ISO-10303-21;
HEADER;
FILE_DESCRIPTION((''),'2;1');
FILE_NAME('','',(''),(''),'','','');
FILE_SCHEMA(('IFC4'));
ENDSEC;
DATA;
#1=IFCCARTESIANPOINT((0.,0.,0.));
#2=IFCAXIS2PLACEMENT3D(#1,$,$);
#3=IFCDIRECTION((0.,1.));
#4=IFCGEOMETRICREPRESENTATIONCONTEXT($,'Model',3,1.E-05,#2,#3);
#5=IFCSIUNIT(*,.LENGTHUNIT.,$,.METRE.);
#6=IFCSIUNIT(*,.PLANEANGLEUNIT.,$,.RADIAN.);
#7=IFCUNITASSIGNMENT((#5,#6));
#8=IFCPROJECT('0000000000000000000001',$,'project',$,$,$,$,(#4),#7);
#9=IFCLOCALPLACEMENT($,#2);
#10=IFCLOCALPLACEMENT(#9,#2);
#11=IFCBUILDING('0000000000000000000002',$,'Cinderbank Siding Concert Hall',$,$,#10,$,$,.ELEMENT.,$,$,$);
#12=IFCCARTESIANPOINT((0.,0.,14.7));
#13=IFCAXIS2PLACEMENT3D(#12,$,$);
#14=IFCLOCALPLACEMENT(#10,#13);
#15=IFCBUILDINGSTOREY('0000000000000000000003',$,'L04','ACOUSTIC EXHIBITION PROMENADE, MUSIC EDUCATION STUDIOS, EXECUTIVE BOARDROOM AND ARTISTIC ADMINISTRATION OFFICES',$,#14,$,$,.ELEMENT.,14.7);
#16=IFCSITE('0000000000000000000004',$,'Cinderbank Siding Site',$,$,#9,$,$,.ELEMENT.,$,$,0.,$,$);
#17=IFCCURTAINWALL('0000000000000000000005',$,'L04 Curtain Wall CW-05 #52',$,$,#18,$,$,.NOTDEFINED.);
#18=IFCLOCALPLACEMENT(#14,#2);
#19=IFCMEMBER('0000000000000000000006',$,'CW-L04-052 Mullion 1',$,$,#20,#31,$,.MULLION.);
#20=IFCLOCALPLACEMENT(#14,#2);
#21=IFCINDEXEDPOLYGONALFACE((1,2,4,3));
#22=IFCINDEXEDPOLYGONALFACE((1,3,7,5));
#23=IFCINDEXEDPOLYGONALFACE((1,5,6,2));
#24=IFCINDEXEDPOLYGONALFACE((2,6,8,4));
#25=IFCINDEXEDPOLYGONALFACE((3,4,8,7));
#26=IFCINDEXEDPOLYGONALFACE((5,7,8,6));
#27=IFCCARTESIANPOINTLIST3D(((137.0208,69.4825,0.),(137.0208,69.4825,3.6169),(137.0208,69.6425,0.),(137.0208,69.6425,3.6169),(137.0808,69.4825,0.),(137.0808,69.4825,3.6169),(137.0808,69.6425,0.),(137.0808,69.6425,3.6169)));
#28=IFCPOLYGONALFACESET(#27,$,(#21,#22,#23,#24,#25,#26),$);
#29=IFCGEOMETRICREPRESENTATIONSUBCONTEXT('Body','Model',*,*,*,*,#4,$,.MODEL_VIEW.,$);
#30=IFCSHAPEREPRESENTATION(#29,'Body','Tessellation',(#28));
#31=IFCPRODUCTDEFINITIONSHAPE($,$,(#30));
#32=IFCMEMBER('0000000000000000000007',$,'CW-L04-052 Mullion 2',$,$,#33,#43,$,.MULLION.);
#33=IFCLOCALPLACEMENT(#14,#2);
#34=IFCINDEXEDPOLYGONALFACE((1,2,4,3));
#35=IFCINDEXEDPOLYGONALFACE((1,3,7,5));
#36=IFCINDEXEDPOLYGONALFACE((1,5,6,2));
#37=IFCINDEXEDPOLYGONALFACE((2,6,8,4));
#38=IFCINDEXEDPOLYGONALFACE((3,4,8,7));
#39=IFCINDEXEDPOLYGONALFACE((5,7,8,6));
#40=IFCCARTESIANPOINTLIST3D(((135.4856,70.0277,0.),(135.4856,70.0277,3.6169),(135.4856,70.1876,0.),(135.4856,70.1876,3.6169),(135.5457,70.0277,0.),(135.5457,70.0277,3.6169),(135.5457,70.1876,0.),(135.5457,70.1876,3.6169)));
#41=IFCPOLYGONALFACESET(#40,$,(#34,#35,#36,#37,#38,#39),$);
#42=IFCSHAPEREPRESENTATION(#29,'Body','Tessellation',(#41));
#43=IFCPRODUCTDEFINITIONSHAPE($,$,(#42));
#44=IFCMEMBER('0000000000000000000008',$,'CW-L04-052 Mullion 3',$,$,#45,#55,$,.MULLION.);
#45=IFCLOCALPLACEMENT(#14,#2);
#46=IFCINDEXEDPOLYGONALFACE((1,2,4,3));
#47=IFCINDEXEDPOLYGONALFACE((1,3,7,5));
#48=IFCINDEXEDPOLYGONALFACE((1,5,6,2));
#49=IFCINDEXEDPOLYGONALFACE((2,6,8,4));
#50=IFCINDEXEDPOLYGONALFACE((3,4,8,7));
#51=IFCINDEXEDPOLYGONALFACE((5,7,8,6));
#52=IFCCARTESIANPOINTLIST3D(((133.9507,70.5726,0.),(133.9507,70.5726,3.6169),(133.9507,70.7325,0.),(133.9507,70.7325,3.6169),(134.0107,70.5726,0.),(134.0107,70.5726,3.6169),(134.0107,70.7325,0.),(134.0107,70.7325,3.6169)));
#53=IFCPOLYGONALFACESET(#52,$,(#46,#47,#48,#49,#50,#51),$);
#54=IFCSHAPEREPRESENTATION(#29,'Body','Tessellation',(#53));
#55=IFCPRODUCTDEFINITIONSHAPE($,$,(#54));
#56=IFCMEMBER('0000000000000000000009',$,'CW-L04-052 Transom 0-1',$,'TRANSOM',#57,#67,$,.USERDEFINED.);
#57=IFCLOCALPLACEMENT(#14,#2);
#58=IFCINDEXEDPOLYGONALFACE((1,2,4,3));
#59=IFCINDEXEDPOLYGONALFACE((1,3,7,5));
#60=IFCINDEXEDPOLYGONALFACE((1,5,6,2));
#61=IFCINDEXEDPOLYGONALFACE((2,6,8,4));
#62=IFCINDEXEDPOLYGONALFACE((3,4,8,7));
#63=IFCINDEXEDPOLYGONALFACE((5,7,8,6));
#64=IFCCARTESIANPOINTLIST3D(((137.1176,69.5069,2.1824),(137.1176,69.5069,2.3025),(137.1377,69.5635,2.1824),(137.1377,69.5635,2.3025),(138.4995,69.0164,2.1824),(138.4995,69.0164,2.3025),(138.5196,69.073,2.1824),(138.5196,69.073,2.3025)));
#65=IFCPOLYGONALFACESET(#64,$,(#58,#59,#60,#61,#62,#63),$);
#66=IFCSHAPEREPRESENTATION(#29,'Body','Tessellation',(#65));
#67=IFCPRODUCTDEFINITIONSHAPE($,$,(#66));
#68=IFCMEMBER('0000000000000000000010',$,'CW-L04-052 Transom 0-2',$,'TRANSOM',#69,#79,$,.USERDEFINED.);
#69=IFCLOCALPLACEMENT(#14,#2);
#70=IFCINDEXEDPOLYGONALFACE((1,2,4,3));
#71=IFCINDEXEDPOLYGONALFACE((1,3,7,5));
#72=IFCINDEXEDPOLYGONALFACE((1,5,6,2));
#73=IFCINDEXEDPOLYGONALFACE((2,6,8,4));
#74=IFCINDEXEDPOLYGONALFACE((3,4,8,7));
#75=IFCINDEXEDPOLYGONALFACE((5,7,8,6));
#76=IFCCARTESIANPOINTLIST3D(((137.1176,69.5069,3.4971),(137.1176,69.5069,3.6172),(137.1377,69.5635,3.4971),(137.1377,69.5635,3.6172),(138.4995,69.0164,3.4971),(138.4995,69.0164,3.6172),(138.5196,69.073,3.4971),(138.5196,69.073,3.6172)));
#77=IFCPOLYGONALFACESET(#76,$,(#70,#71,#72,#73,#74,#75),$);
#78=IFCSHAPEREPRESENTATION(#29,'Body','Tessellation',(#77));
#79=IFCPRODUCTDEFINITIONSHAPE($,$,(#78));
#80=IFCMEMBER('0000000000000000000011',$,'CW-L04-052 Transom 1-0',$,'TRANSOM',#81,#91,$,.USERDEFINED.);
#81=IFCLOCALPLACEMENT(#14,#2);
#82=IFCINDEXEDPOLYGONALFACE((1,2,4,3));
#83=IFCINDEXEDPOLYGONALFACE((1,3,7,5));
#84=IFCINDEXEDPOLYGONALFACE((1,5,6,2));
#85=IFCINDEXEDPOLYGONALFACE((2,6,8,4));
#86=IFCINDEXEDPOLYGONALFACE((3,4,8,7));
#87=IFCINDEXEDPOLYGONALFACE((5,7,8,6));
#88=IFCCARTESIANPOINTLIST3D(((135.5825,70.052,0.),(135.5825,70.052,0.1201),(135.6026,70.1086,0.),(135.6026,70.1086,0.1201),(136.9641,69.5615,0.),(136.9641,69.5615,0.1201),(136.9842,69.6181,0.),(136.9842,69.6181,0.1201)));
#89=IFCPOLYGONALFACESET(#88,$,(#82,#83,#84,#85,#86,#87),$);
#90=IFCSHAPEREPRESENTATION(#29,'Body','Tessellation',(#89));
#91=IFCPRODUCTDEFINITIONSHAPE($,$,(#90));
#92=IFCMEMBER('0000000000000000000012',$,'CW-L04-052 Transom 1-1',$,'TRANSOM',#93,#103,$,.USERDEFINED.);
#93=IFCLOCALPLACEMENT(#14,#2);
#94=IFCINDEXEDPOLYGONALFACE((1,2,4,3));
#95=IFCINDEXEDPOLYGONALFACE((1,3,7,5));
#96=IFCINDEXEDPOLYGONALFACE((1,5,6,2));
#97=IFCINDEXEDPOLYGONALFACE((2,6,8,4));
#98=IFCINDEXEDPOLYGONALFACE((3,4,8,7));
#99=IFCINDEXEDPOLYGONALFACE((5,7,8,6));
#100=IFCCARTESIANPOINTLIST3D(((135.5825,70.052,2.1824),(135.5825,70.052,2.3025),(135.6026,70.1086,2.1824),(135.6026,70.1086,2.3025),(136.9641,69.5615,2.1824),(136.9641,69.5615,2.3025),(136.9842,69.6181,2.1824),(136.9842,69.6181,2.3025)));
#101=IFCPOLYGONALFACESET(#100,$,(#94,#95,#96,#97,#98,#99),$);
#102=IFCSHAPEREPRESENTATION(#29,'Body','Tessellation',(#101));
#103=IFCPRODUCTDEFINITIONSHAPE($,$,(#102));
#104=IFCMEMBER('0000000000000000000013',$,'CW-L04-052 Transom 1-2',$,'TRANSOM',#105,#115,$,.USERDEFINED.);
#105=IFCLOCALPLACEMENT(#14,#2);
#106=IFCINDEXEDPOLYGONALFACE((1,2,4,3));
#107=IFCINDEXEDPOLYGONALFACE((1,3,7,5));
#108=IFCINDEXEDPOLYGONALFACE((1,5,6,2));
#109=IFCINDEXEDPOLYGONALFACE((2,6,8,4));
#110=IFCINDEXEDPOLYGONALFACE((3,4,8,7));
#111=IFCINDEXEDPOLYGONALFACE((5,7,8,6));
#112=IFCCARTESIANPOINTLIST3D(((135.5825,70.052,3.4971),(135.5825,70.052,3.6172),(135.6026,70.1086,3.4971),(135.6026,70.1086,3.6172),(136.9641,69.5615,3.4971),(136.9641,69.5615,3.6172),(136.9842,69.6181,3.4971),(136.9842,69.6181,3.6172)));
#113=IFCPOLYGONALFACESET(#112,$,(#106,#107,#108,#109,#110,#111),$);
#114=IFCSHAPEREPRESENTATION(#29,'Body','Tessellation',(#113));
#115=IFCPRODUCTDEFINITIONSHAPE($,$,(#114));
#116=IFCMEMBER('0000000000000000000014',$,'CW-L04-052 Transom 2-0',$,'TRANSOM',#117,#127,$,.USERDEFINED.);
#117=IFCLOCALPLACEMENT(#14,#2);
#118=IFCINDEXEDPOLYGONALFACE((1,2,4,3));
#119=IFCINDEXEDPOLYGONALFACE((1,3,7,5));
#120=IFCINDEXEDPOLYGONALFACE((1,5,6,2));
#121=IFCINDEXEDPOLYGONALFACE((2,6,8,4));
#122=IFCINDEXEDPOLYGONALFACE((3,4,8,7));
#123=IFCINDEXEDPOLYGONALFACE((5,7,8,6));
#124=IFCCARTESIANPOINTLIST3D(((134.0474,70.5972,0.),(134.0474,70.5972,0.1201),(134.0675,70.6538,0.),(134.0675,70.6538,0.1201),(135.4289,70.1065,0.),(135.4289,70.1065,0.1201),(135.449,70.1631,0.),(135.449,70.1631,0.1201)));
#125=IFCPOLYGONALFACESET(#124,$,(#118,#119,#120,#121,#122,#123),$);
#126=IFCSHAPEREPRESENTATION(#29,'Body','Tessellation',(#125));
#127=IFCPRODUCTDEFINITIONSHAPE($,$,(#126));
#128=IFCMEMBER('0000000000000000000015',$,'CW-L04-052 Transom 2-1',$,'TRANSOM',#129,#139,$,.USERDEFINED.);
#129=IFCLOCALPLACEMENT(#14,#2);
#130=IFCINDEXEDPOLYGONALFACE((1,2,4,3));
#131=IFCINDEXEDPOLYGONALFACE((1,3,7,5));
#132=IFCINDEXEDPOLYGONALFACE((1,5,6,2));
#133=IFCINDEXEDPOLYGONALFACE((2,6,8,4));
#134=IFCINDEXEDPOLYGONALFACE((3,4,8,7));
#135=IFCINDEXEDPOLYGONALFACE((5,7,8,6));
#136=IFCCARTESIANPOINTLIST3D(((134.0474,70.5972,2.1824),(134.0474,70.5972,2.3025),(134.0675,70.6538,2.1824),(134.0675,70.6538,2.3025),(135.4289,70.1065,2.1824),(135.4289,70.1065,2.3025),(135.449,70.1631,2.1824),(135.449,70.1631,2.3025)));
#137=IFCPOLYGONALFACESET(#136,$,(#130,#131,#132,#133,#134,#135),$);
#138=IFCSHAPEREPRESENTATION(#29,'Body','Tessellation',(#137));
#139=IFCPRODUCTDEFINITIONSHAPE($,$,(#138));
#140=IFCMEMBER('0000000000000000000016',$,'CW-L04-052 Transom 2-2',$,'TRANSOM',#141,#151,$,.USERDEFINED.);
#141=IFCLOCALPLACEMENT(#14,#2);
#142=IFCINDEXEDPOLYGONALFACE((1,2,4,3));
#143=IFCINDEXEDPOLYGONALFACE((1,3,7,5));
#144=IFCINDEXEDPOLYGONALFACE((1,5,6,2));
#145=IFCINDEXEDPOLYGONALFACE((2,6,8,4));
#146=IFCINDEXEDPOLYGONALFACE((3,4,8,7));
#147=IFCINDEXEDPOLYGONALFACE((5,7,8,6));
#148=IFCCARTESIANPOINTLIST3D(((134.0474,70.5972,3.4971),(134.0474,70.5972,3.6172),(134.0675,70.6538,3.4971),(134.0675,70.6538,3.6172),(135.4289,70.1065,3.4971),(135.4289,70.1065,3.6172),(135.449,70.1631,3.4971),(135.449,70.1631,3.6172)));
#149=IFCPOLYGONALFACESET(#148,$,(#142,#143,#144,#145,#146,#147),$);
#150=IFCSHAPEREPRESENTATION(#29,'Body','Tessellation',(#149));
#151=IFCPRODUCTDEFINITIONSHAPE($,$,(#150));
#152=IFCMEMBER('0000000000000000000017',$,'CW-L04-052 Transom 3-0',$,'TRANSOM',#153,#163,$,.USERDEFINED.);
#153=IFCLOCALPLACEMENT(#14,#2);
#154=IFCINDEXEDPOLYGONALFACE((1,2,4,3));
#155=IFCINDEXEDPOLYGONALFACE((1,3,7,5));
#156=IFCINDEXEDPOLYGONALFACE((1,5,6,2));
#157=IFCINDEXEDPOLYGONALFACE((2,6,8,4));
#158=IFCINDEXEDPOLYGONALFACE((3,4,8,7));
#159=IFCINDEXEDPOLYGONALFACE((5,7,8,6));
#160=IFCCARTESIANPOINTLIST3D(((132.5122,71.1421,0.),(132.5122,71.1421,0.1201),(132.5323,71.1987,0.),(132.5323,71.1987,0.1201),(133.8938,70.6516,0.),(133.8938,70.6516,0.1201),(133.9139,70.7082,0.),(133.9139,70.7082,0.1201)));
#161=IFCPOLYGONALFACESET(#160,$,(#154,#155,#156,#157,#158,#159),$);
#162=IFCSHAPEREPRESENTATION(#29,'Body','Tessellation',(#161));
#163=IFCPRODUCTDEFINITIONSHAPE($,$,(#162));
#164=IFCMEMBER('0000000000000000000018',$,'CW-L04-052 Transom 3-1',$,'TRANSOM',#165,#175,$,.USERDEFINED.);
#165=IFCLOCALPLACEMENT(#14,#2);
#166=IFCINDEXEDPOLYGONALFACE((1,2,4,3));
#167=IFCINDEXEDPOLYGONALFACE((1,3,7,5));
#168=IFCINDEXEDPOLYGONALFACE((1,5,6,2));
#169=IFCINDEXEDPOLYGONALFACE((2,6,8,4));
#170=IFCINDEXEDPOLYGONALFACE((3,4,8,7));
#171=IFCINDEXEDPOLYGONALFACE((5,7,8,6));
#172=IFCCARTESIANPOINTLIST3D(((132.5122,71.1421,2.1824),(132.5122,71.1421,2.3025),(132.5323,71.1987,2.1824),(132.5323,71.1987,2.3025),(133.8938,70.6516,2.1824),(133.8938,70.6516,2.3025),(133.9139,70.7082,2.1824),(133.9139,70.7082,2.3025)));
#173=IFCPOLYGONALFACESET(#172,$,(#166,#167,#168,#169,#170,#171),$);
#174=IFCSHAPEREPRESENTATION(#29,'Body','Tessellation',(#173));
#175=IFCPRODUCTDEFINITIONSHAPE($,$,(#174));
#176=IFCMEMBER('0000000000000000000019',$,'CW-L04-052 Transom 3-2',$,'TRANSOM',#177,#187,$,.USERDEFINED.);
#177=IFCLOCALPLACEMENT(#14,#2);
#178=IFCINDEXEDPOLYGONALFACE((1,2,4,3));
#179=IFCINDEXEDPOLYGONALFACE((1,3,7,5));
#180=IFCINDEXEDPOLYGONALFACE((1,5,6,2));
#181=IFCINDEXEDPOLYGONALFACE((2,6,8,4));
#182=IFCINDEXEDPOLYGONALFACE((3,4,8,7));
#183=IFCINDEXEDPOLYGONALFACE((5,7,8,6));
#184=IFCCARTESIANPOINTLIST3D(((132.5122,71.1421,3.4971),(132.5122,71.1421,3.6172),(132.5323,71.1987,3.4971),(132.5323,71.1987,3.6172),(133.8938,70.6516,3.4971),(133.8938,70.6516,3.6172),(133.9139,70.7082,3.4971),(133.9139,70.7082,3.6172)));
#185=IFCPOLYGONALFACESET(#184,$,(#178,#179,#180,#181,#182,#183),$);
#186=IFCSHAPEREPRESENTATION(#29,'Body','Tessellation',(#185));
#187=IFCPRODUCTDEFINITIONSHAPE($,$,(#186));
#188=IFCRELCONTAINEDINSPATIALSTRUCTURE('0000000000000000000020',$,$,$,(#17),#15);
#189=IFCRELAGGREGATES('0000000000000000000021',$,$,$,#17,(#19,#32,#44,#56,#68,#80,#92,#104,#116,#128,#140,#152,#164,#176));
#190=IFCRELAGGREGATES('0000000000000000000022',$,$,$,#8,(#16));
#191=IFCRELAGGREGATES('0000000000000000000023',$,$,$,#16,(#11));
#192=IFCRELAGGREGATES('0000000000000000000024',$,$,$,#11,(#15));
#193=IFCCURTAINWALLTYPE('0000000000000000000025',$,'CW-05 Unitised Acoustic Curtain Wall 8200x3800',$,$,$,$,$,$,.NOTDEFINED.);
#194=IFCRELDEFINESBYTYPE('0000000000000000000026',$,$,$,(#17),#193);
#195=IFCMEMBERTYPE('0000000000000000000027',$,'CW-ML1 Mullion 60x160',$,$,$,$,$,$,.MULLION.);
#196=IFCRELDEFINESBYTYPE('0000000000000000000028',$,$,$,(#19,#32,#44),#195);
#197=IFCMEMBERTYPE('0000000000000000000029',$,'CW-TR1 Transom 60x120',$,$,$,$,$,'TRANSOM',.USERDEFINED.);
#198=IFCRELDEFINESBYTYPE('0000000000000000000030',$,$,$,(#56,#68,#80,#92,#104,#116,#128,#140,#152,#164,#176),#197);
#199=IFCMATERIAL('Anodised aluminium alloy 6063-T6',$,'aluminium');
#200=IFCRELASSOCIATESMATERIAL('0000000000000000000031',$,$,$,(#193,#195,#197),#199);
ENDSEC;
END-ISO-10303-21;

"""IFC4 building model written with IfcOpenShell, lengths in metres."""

from ifc_helpers import new_model, si_unit, direction, frame, origin, origin_2d, place, context, subcontext, project, spatial, rectangle, extrude, material, material_profile, profile_set, type_object, element, aggregate, save


model = new_model("IFC4")

# Units and contexts
model_context = context("Model", 3, precision=1e-05, world=origin(), true_north=direction((0.0, 1.0)))
body_context = subcontext(model_context, "Body", "Model", "MODEL_VIEW")
ifc_project = project(units=[si_unit("LENGTHUNIT", "METRE"), si_unit("PLANEANGLEUNIT", "RADIAN")], contexts=[model_context])

# Site, building, storey
site_placement = place(None, origin())
site = spatial("IfcSite", under=ifc_project, at=site_placement, Name="Cinderbank Siding Site", CompositionType="ELEMENT", RefElevation=0.0)
building_placement = place(site_placement, origin())
building = spatial("IfcBuilding", under=site, at=building_placement, Name="Cinderbank Siding Concert Hall", CompositionType="ELEMENT")
storey_placement = place(building_placement, frame((0.0, 0.0, 14.7)))
storey = spatial("IfcBuildingStorey", under=building, at=storey_placement, Name="L04", Description="ACOUSTIC EXHIBITION PROMENADE, MUSIC EDUCATION STUDIOS, EXECUTIVE BOARDROOM AND ARTISTIC ADMINISTRATION OFFICES", CompositionType="ELEMENT", Elevation=14.7)

# Curtain wall, members
ifc_material_1 = material(Name="Anodised aluminium alloy 6063-T6", Category="aluminium")
curtain_wall_type = type_object("IfcCurtainWallType", Name="CW-05 Unitised Acoustic Curtain Wall 8200x3800", PredefinedType="NOTDEFINED", material=ifc_material_1)
curtain_wall_placement = place(storey_placement, origin())
curtain_wall = element("IfcCurtainWall", 1, at=curtain_wall_placement, inside=storey, type_object=curtain_wall_type, Name="L04 Curtain Wall CW-05 #52", PredefinedType="NOTDEFINED")
ifc_material_profile_1 = material_profile(ifc_material_1, rectangle(XDim=0.0601, YDim=0.1599, at=origin_2d()), Name="ALU-MULL-60x160", Category="LoadBearing")
ifc_profile_set_1 = profile_set([ifc_material_profile_1], Name="Anodised aluminium alloy 6063-T6")
member_type_1 = type_object("IfcMemberType", Name="CW-ML1 Mullion 60x160", PredefinedType="MULLION", material=ifc_profile_set_1)
member_1_placement = place(storey_placement, frame((137.0508, 69.5625, 0.0), z_axis=(0.0, 0.0, 1.0), x_axis=(1.0, 0.0, 0.0)))
member_1 = element("IfcMember", 2, at=member_1_placement, type_object=member_type_1, Name="CW-L04-052 Mullion 1", PredefinedType="MULLION", context=body_context, shape_type="SweptSolid", body=[
    extrude(rectangle(XDim=0.0601, YDim=0.1599, at=origin_2d()), origin(), (0.0, 0.0, 1.0), 3.6169),
])
member_2_placement = place(storey_placement, frame((135.5156, 70.1077, 0.0), z_axis=(0.0, 0.0, 1.0), x_axis=(1.0, 0.0, 0.0)))
member_2 = element("IfcMember", 3, at=member_2_placement, type_object=member_type_1, Name="CW-L04-052 Mullion 2", PredefinedType="MULLION", context=body_context, shape_type="SweptSolid", body=[
    extrude(rectangle(XDim=0.0601, YDim=0.1599, at=origin_2d()), origin(), (0.0, 0.0, 1.0), 3.6169),
])
member_3_placement = place(storey_placement, frame((133.9807, 70.6526, 0.0), z_axis=(0.0, 0.0, 1.0), x_axis=(1.0, 0.0, 0.0)))
member_3 = element("IfcMember", 4, at=member_3_placement, type_object=member_type_1, Name="CW-L04-052 Mullion 3", PredefinedType="MULLION", context=body_context, shape_type="SweptSolid", body=[
    extrude(rectangle(XDim=0.0601, YDim=0.1599, at=origin_2d()), origin(), (0.0, 0.0, 1.0), 3.6169),
])
ifc_material_profile_2 = material_profile(ifc_material_1, rectangle(XDim=0.0601, YDim=0.1201, at=origin_2d()), Name="ALU-TRAN-60x120", Category="LoadBearing")
ifc_profile_set_2 = profile_set([ifc_material_profile_2], Name="Anodised aluminium alloy 6063-T6")
member_type_2 = type_object("IfcMemberType", Name="CW-TR1 Transom 60x120", ElementType="TRANSOM", PredefinedType="USERDEFINED", material=ifc_profile_set_2)
member_4_placement = place(storey_placement, frame((138.5095, 69.0447, 2.2424), z_axis=(-0.942396, 0.3345, 0.0), x_axis=(-0.3345, -0.942396, 0.0)))
member_4 = element("IfcMember", 5, at=member_4_placement, type_object=member_type_2, Name="CW-L04-052 Transom 0-1", ObjectType="TRANSOM", PredefinedType="USERDEFINED", context=body_context, shape_type="SweptSolid", body=[
    extrude(rectangle(XDim=0.0601, YDim=0.1201, at=origin_2d()), origin(), (0.0, 0.0, 1.0), 1.4663),
])
member_5_placement = place(storey_placement, frame((138.5095, 69.0447, 3.5571), z_axis=(-0.942396, 0.3345, 0.0), x_axis=(-0.3345, -0.942396, 0.0)))
member_5 = element("IfcMember", 6, at=member_5_placement, type_object=member_type_2, Name="CW-L04-052 Transom 0-2", ObjectType="TRANSOM", PredefinedType="USERDEFINED", context=body_context, shape_type="SweptSolid", body=[
    extrude(rectangle(XDim=0.0601, YDim=0.1201, at=origin_2d()), origin(), (0.0, 0.0, 1.0), 1.4663),
])
member_6_placement = place(storey_placement, frame((136.9741, 69.5898, 0.0601), z_axis=(-0.942377, 0.334553, 0.0), x_axis=(-0.334553, -0.942377, 0.0)))
member_6 = element("IfcMember", 7, at=member_6_placement, type_object=member_type_2, Name="CW-L04-052 Transom 1-0", ObjectType="TRANSOM", PredefinedType="USERDEFINED", context=body_context, shape_type="SweptSolid", body=[
    extrude(rectangle(XDim=0.0601, YDim=0.1201, at=origin_2d()), origin(), (0.0, 0.0, 1.0), 1.4661),
])
member_7_placement = place(storey_placement, frame((136.9741, 69.5898, 2.2424), z_axis=(-0.942377, 0.334553, 0.0), x_axis=(-0.334553, -0.942377, 0.0)))
member_7 = element("IfcMember", 8, at=member_7_placement, type_object=member_type_2, Name="CW-L04-052 Transom 1-1", ObjectType="TRANSOM", PredefinedType="USERDEFINED", context=body_context, shape_type="SweptSolid", body=[
    extrude(rectangle(XDim=0.0601, YDim=0.1201, at=origin_2d()), origin(), (0.0, 0.0, 1.0), 1.4661),
])
member_8_placement = place(storey_placement, frame((136.9741, 69.5898, 3.5571), z_axis=(-0.942377, 0.334553, 0.0), x_axis=(-0.334553, -0.942377, 0.0)))
member_8 = element("IfcMember", 9, at=member_8_placement, type_object=member_type_2, Name="CW-L04-052 Transom 1-2", ObjectType="TRANSOM", PredefinedType="USERDEFINED", context=body_context, shape_type="SweptSolid", body=[
    extrude(rectangle(XDim=0.0601, YDim=0.1201, at=origin_2d()), origin(), (0.0, 0.0, 1.0), 1.4661),
])
member_9_placement = place(storey_placement, frame((135.439, 70.1348, 0.0601), z_axis=(-0.942324, 0.334701, 0.0), x_axis=(-0.334701, -0.942324, 0.0)))
member_9 = element("IfcMember", 10, at=member_9_placement, type_object=member_type_2, Name="CW-L04-052 Transom 2-0", ObjectType="TRANSOM", PredefinedType="USERDEFINED", context=body_context, shape_type="SweptSolid", body=[
    extrude(rectangle(XDim=0.0601, YDim=0.1201, at=origin_2d()), origin(), (0.0, 0.0, 1.0), 1.4661),
])
member_10_placement = place(storey_placement, frame((135.439, 70.1348, 2.2424), z_axis=(-0.942324, 0.334701, 0.0), x_axis=(-0.334701, -0.942324, 0.0)))
member_10 = element("IfcMember", 11, at=member_10_placement, type_object=member_type_2, Name="CW-L04-052 Transom 2-1", ObjectType="TRANSOM", PredefinedType="USERDEFINED", context=body_context, shape_type="SweptSolid", body=[
    extrude(rectangle(XDim=0.0601, YDim=0.1201, at=origin_2d()), origin(), (0.0, 0.0, 1.0), 1.4661),
])
member_11_placement = place(storey_placement, frame((135.439, 70.1348, 3.5571), z_axis=(-0.942324, 0.334701, 0.0), x_axis=(-0.334701, -0.942324, 0.0)))
member_11 = element("IfcMember", 12, at=member_11_placement, type_object=member_type_2, Name="CW-L04-052 Transom 2-2", ObjectType="TRANSOM", PredefinedType="USERDEFINED", context=body_context, shape_type="SweptSolid", body=[
    extrude(rectangle(XDim=0.0601, YDim=0.1201, at=origin_2d()), origin(), (0.0, 0.0, 1.0), 1.4661),
])
member_12_placement = place(storey_placement, frame((133.9038, 70.6799, 0.0601), z_axis=(-0.942377, 0.334553, 0.0), x_axis=(-0.334553, -0.942377, 0.0)))
member_12 = element("IfcMember", 13, at=member_12_placement, type_object=member_type_2, Name="CW-L04-052 Transom 3-0", ObjectType="TRANSOM", PredefinedType="USERDEFINED", context=body_context, shape_type="SweptSolid", body=[
    extrude(rectangle(XDim=0.0601, YDim=0.1201, at=origin_2d()), origin(), (0.0, 0.0, 1.0), 1.4661),
])
member_13_placement = place(storey_placement, frame((133.9038, 70.6799, 2.2424), z_axis=(-0.942377, 0.334553, 0.0), x_axis=(-0.334553, -0.942377, 0.0)))
member_13 = element("IfcMember", 14, at=member_13_placement, type_object=member_type_2, Name="CW-L04-052 Transom 3-1", ObjectType="TRANSOM", PredefinedType="USERDEFINED", context=body_context, shape_type="SweptSolid", body=[
    extrude(rectangle(XDim=0.0601, YDim=0.1201, at=origin_2d()), origin(), (0.0, 0.0, 1.0), 1.4661),
])
member_14_placement = place(storey_placement, frame((133.9038, 70.6799, 3.5571), z_axis=(-0.942377, 0.334553, 0.0), x_axis=(-0.334553, -0.942377, 0.0)))
member_14 = element("IfcMember", 15, at=member_14_placement, type_object=member_type_2, Name="CW-L04-052 Transom 3-2", ObjectType="TRANSOM", PredefinedType="USERDEFINED", context=body_context, shape_type="SweptSolid", body=[
    extrude(rectangle(XDim=0.0601, YDim=0.1201, at=origin_2d()), origin(), (0.0, 0.0, 1.0), 1.4661),
])
aggregate(curtain_wall, [member_1, member_2, member_3, member_4, member_5, member_6, member_7, member_8, member_9, member_10, member_11, member_12, member_13, member_14])

save(model, "model.ifc")
